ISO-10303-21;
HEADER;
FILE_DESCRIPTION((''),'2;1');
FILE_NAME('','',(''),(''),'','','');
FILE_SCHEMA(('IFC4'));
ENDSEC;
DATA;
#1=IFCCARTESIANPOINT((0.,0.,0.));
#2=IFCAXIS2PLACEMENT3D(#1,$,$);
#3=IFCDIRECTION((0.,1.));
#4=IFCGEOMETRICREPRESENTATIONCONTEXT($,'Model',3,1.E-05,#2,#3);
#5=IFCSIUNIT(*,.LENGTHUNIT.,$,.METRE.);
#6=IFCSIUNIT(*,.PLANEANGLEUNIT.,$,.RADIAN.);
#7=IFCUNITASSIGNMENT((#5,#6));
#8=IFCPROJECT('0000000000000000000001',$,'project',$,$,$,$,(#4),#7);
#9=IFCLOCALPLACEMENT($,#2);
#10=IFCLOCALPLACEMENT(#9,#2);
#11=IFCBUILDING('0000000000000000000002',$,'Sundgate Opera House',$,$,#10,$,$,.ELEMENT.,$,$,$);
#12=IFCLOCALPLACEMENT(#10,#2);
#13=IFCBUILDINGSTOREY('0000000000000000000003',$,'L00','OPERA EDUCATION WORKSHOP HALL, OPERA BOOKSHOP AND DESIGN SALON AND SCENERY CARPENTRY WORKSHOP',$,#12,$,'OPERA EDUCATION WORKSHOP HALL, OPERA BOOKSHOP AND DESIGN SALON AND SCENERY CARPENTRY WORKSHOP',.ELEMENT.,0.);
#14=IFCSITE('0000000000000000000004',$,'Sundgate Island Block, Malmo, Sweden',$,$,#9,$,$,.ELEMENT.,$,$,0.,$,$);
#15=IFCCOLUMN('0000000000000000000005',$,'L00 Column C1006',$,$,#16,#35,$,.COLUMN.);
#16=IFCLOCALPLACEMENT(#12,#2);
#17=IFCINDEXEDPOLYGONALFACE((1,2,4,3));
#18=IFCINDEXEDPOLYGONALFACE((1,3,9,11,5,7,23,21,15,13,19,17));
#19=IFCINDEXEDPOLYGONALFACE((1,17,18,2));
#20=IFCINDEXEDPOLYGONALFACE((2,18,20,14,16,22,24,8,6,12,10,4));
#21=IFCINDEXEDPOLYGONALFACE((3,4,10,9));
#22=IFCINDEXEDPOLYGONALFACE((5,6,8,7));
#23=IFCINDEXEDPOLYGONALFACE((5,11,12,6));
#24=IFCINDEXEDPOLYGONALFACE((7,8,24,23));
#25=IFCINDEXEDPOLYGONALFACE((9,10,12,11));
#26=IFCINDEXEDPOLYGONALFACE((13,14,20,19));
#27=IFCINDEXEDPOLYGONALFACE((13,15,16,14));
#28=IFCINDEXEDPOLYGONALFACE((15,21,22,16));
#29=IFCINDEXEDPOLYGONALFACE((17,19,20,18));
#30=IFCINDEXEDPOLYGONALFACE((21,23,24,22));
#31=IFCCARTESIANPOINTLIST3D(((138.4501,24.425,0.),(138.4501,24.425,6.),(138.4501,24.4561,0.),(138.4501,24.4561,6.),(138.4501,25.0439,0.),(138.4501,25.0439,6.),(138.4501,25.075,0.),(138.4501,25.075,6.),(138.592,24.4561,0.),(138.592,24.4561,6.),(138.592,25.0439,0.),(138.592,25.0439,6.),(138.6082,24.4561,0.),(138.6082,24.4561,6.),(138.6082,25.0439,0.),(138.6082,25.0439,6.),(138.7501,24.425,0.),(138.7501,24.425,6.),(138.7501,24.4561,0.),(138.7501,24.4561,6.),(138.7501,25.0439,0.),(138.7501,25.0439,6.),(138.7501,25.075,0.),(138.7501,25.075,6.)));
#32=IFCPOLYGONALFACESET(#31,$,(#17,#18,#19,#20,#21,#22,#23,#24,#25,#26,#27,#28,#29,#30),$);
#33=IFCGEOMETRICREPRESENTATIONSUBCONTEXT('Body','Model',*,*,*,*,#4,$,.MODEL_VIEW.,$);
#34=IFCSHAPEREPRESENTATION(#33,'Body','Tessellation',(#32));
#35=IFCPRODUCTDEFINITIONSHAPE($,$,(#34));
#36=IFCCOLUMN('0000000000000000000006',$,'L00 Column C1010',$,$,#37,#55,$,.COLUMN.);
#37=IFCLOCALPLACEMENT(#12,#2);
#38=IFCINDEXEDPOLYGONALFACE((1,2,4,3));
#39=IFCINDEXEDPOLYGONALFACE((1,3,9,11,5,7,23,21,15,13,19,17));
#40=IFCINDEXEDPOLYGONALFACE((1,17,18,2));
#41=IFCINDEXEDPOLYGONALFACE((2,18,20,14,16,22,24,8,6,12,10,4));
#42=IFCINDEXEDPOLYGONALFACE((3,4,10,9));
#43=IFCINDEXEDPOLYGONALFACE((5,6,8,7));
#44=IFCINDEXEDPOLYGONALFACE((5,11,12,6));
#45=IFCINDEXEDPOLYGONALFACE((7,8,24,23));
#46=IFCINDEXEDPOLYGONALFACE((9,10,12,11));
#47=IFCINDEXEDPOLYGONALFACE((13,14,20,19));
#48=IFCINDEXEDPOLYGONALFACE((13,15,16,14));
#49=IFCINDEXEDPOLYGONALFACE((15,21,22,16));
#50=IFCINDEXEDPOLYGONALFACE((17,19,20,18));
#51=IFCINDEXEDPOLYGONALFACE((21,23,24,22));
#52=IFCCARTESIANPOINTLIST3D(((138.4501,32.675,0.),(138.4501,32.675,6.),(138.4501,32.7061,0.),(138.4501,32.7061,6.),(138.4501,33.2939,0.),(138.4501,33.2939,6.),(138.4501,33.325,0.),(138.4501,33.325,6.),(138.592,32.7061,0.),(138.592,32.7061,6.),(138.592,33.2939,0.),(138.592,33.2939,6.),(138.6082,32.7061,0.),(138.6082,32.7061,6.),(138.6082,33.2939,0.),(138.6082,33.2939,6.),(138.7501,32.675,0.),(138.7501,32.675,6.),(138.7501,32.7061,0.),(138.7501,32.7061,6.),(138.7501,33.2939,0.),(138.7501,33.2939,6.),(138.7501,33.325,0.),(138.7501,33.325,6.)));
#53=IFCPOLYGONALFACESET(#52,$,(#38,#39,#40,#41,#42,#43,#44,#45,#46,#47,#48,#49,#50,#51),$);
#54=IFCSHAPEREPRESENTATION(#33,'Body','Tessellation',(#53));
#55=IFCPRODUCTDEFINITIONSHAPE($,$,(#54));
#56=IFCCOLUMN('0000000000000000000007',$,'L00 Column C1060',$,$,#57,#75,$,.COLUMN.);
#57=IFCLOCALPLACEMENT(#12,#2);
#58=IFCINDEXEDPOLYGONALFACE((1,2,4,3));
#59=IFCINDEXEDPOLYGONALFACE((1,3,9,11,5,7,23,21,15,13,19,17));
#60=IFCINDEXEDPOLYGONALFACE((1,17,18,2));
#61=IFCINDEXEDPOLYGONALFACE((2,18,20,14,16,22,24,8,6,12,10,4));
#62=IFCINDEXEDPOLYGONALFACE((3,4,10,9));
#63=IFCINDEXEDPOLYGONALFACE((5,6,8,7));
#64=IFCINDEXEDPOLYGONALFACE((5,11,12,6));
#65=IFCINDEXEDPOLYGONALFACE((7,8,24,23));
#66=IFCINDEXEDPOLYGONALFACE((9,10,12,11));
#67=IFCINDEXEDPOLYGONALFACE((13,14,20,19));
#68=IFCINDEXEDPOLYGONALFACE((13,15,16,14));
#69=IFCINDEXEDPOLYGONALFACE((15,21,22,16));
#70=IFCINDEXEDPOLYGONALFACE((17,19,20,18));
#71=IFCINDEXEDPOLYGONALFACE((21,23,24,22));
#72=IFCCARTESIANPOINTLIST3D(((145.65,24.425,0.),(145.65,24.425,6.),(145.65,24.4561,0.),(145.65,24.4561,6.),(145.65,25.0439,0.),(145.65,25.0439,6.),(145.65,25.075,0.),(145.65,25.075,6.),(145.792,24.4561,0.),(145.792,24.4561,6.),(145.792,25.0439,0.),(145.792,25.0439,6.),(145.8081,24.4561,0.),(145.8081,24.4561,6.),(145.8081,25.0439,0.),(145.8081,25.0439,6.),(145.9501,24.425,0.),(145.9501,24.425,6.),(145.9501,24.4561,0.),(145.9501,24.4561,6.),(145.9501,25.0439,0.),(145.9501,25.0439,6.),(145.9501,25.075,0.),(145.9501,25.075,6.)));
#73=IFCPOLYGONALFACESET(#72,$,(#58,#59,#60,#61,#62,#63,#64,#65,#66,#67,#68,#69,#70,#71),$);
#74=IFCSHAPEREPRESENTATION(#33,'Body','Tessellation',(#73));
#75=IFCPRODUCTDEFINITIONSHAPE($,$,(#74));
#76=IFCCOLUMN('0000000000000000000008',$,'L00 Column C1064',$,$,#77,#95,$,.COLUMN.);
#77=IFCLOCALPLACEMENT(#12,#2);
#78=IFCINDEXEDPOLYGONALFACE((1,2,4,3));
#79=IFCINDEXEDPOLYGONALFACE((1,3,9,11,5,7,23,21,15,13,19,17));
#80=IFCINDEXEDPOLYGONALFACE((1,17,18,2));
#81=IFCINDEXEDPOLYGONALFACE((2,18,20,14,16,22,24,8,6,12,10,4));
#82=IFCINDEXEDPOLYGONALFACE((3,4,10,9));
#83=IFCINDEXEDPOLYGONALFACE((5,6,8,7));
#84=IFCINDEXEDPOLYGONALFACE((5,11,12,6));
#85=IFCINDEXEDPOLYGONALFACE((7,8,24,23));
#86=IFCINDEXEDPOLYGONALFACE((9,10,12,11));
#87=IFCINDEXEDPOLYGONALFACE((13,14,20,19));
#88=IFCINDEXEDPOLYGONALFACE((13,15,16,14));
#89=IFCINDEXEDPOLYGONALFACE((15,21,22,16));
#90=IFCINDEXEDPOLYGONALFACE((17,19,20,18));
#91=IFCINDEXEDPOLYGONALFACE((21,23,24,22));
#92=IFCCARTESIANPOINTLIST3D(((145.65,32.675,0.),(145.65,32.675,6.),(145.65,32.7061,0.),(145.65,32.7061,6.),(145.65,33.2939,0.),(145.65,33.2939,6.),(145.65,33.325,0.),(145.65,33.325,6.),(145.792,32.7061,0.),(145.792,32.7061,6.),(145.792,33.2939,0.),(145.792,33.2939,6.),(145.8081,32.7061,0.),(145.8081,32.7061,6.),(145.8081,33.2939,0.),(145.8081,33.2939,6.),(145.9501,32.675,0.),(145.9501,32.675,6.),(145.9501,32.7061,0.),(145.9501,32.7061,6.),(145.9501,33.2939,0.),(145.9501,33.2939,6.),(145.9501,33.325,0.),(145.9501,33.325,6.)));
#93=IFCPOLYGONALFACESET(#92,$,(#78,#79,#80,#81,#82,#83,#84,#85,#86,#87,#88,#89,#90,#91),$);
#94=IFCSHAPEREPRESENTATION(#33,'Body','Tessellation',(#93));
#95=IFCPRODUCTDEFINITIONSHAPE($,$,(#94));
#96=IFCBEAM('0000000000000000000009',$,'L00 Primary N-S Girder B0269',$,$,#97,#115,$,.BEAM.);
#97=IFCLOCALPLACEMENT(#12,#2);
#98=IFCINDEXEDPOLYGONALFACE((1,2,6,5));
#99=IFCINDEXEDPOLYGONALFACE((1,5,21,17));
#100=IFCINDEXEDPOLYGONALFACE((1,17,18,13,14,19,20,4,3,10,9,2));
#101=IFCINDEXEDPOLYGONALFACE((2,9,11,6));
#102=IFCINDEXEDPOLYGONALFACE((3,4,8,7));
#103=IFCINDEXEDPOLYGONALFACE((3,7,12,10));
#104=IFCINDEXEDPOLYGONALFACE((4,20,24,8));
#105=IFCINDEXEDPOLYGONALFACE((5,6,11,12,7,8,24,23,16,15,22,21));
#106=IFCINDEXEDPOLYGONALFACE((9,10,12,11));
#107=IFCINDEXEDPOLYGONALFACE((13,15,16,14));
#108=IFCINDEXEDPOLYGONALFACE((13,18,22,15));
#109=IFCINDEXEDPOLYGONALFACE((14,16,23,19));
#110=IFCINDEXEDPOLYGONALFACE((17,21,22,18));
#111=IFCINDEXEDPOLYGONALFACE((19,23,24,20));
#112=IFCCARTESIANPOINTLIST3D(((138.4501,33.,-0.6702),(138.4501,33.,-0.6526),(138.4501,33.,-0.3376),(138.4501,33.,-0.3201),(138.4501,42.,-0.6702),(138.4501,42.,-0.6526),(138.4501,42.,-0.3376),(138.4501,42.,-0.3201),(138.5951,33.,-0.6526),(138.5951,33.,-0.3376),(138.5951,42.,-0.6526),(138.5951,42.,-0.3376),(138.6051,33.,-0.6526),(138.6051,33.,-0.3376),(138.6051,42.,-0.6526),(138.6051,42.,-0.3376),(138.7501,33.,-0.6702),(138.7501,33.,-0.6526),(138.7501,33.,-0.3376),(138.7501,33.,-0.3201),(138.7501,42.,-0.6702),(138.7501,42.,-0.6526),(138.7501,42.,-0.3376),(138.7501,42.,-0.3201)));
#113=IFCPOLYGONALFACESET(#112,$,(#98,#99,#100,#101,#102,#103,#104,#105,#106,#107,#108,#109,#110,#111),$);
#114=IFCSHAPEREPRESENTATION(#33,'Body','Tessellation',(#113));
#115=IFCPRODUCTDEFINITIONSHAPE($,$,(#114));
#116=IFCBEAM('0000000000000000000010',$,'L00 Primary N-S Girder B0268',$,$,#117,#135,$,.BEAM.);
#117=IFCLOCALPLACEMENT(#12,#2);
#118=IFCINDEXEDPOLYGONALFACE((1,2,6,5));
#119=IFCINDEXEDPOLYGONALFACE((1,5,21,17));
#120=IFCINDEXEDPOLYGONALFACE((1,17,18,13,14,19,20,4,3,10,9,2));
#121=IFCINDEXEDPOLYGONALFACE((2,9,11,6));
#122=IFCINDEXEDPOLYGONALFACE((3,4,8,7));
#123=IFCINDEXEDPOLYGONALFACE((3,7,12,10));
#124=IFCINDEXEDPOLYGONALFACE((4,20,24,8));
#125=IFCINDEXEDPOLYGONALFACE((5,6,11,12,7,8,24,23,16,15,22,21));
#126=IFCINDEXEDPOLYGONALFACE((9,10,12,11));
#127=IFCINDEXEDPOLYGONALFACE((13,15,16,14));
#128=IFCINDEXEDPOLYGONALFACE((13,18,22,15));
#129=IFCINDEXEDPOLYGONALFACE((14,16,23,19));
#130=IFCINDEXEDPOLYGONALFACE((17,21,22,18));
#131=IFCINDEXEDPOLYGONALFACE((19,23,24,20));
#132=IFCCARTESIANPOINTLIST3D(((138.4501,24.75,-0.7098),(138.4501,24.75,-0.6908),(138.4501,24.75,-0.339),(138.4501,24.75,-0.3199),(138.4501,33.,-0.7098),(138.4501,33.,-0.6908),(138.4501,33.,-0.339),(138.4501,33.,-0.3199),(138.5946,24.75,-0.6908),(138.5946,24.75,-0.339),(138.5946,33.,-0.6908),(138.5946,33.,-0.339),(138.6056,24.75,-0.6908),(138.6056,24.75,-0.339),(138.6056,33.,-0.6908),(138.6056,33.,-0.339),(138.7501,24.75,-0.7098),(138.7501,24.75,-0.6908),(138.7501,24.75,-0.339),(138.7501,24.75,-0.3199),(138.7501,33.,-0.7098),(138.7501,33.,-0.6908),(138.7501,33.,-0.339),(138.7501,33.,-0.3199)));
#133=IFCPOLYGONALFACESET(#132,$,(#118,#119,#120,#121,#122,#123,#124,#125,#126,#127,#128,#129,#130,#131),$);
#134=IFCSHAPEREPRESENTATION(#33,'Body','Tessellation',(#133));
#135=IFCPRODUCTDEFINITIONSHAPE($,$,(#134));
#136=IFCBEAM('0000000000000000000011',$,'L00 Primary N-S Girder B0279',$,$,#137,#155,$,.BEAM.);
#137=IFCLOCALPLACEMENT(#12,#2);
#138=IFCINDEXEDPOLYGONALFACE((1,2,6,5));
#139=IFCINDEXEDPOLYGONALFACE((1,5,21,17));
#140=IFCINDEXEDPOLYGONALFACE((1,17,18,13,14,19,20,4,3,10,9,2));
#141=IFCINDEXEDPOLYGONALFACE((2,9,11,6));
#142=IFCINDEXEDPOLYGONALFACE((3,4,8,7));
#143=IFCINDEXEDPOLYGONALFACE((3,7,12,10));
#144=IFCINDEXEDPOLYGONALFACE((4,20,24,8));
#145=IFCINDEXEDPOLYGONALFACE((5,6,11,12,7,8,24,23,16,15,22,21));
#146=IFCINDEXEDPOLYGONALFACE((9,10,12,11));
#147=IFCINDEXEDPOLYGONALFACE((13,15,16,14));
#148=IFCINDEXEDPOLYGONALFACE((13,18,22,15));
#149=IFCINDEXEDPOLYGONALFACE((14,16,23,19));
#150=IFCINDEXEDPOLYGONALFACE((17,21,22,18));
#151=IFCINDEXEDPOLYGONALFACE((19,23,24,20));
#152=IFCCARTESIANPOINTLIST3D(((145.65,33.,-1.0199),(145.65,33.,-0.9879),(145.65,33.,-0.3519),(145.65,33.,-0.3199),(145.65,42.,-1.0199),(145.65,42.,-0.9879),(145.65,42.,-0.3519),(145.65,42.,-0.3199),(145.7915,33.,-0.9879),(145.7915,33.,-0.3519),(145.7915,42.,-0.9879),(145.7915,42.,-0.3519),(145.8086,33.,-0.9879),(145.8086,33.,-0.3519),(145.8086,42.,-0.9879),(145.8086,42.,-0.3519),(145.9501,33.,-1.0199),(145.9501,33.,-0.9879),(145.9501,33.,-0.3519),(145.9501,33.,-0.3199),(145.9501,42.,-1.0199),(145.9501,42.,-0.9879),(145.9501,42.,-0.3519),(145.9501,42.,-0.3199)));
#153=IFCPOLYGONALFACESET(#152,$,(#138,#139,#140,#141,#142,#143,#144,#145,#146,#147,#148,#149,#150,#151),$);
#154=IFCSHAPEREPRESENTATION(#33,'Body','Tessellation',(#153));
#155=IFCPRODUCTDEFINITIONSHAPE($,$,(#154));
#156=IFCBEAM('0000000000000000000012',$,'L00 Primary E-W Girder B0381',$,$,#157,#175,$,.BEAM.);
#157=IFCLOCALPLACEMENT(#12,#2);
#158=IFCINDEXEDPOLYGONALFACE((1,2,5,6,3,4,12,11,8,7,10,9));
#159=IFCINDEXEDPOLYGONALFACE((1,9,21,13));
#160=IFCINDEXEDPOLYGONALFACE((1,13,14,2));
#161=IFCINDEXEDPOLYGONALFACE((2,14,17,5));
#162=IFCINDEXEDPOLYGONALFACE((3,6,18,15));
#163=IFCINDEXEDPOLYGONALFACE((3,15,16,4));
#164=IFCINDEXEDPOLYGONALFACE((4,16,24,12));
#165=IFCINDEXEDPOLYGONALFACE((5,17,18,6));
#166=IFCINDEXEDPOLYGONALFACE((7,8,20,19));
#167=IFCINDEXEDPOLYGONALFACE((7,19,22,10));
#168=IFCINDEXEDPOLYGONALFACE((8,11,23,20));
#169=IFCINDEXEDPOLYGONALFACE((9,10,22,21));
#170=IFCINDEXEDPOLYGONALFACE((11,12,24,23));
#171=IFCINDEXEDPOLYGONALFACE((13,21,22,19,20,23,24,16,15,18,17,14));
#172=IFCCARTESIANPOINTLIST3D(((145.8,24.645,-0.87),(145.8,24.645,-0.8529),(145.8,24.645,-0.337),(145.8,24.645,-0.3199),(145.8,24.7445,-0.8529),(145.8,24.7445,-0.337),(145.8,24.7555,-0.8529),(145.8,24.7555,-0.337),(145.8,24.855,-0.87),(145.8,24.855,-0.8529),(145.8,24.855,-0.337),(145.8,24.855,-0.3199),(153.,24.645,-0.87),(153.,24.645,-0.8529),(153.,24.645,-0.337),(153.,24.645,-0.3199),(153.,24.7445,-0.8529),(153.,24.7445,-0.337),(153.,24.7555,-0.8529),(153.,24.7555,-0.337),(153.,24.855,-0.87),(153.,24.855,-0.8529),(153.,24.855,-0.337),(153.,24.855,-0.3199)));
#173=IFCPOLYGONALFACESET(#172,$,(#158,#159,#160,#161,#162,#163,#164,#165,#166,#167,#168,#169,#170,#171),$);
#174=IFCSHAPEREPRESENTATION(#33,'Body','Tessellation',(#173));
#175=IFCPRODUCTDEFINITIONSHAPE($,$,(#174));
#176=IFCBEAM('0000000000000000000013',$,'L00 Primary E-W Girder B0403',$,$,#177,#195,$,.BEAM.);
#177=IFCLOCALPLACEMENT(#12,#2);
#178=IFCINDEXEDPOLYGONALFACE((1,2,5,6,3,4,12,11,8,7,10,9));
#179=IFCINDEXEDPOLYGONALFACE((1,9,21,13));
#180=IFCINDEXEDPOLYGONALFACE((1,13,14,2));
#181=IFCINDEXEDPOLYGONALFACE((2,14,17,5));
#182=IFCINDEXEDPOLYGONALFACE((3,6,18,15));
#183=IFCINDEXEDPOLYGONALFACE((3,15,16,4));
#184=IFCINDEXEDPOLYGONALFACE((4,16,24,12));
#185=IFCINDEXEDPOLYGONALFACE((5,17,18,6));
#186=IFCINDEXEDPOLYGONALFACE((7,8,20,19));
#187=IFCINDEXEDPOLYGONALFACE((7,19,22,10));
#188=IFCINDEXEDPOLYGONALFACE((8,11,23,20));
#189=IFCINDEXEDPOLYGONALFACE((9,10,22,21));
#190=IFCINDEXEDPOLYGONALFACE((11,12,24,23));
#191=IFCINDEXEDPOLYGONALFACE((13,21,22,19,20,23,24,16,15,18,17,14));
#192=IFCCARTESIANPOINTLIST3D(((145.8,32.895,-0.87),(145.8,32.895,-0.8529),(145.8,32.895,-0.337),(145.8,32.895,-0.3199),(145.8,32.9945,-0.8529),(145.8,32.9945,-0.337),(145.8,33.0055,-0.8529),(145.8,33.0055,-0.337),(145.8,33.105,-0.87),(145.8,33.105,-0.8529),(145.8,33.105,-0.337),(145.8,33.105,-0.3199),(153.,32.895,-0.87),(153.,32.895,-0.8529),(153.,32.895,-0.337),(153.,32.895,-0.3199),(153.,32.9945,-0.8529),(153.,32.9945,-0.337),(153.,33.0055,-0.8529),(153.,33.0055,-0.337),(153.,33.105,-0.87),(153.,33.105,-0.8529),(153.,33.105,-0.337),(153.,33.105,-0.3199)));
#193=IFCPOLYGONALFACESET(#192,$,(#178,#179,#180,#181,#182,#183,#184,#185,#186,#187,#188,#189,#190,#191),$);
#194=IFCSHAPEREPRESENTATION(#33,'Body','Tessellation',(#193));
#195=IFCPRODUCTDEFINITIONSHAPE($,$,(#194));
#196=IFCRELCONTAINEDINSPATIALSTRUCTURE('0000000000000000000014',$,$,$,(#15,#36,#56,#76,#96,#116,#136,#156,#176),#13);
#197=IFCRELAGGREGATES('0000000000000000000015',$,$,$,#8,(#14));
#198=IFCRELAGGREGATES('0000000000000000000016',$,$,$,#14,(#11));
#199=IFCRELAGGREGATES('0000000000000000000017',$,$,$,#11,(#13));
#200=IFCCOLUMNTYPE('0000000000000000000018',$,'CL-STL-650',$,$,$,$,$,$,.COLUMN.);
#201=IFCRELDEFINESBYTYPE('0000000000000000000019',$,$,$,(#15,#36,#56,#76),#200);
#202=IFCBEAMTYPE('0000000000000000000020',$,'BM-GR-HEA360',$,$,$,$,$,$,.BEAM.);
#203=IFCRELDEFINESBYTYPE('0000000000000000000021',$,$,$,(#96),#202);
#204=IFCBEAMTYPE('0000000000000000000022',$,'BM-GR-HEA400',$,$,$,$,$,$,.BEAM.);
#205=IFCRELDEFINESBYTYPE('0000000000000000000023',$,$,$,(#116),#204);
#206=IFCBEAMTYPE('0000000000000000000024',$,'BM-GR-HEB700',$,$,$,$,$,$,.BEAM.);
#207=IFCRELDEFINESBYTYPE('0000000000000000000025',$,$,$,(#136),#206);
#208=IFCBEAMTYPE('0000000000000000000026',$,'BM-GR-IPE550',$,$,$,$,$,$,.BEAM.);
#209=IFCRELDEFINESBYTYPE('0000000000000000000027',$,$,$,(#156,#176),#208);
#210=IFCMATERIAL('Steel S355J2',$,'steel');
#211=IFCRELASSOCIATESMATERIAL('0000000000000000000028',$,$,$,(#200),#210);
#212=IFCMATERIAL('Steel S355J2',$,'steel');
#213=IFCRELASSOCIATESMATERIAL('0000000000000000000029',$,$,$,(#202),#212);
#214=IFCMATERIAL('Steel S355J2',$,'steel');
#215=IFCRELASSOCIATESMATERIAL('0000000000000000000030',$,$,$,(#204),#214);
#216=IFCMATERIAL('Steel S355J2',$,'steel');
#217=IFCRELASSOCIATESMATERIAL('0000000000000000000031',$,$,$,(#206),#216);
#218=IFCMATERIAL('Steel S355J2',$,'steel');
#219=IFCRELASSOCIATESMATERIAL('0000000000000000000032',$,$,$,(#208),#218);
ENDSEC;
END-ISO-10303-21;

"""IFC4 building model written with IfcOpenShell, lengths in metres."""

from ifc_helpers import new_model, si_unit, direction, frame, origin, origin_2d, place, context, subcontext, project, spatial, i_section, extrude, material, material_profile, profile_set, type_object, element, save


model = new_model("IFC4")

# Units and contexts
model_context = context("Model", 3, precision=1e-05, world=origin(), true_north=direction((0.0, 1.0)))
body_context = subcontext(model_context, "Body", "Model", "MODEL_VIEW")
ifc_project = project(units=[si_unit("LENGTHUNIT", "METRE"), si_unit("PLANEANGLEUNIT", "RADIAN")], contexts=[model_context])

# Site, building, storey
site_placement = place(None, origin())
site = spatial("IfcSite", under=ifc_project, at=site_placement, Name="Sundgate Island Block, Malmo, Sweden", CompositionType="ELEMENT", RefElevation=0.0)
building_placement = place(site_placement, origin())
building = spatial("IfcBuilding", under=site, at=building_placement, Name="Sundgate Opera House", CompositionType="ELEMENT")
storey_placement = place(building_placement, origin())
storey = spatial("IfcBuildingStorey", under=building, at=storey_placement, Name="L00", Description="OPERA EDUCATION WORKSHOP HALL, OPERA BOOKSHOP AND DESIGN SALON AND SCENERY CARPENTRY WORKSHOP", LongName="OPERA EDUCATION WORKSHOP HALL, OPERA BOOKSHOP AND DESIGN SALON AND SCENERY CARPENTRY WORKSHOP", CompositionType="ELEMENT", Elevation=0.0)

# Columns
ifc_material_1 = material(Name="Steel S355J2", Category="steel")
ifc_material_profile_1 = material_profile(ifc_material_1, i_section(OverallWidth=0.3, OverallDepth=0.6499, WebThickness=0.0161, FlangeThickness=0.031, at=origin_2d()), Name="HEB 650")
ifc_profile_set_1 = profile_set([ifc_material_profile_1], Name="Steel S355J2")
column_type = type_object("IfcColumnType", Name="CL-STL-650", PredefinedType="COLUMN", material=ifc_profile_set_1)
for number, where, z_axis, x_axis, name in (
    (1, (138.6001, 24.75, 0.0), (0.0, 0.0, 1.0), (1.0, 0.0, 0.0), "L00 Column C1006"),
    (2, (138.6001, 33.0, 0.0), (0.0, 0.0, 1.0), (1.0, 0.0, 0.0), "L00 Column C1010"),
    (3, (145.8, 24.75, 0.0), (0.0, 0.0, 1.0), (1.0, 0.0, 0.0), "L00 Column C1060"),
    (4, (145.8, 33.0, 0.0), (0.0, 0.0, 1.0), (1.0, 0.0, 0.0), "L00 Column C1064"),
):
    element("IfcColumn", number, at=place(storey_placement, frame(where, z_axis=z_axis, x_axis=x_axis)), inside=storey, type_object=column_type, Name=name, PredefinedType="COLUMN", context=body_context, shape_type="SweptSolid", body=[
        extrude(i_section(OverallWidth=0.3, OverallDepth=0.6499, WebThickness=0.0161, FlangeThickness=0.031, at=origin_2d()), origin(), (0.0, 0.0, 1.0), 6.0),
    ])

# Beams
ifc_material_2 = material(Name="Steel S355J2", Category="steel")
ifc_material_profile_2 = material_profile(ifc_material_2, i_section(OverallWidth=0.3, OverallDepth=0.3501, WebThickness=0.01, FlangeThickness=0.0176, at=origin_2d()), Name="HEA 360")
ifc_profile_set_2 = profile_set([ifc_material_profile_2], Name="Steel S355J2")
beam_type_1 = type_object("IfcBeamType", Name="BM-GR-HEA360", PredefinedType="BEAM", material=ifc_profile_set_2)
beam_1_placement = place(storey_placement, frame((138.6001, 33.0, -0.4951), z_axis=(0.0, 1.0, 0.0), x_axis=(-1.0, 0.0, 0.0)))
element("IfcBeam", 5, at=beam_1_placement, inside=storey, type_object=beam_type_1, Name="L00 Primary N-S Girder B0269", PredefinedType="BEAM", context=body_context, shape_type="SweptSolid", body=[
    extrude(i_section(OverallWidth=0.3, OverallDepth=0.3501, WebThickness=0.01, FlangeThickness=0.0176, at=origin_2d()), origin(), (0.0, 0.0, 1.0), 9.0),
])
ifc_material_3 = material(Name="Steel S355J2", Category="steel")
ifc_material_profile_3 = material_profile(ifc_material_3, i_section(OverallWidth=0.3, OverallDepth=0.3899, WebThickness=0.011, FlangeThickness=0.019, at=origin_2d()), Name="HEA 400")
ifc_profile_set_3 = profile_set([ifc_material_profile_3], Name="Steel S355J2")
beam_type_2 = type_object("IfcBeamType", Name="BM-GR-HEA400", PredefinedType="BEAM", material=ifc_profile_set_3)
beam_2_placement = place(storey_placement, frame((138.6001, 24.75, -0.5149), z_axis=(0.0, 1.0, 0.0), x_axis=(-1.0, 0.0, 0.0)))
element("IfcBeam", 6, at=beam_2_placement, inside=storey, type_object=beam_type_2, Name="L00 Primary N-S Girder B0268", PredefinedType="BEAM", context=body_context, shape_type="SweptSolid", body=[
    extrude(i_section(OverallWidth=0.3, OverallDepth=0.3899, WebThickness=0.011, FlangeThickness=0.019, at=origin_2d()), origin(), (0.0, 0.0, 1.0), 8.25),
])
ifc_material_4 = material(Name="Steel S355J2", Category="steel")
ifc_material_profile_4 = material_profile(ifc_material_4, i_section(OverallWidth=0.3, OverallDepth=0.7, WebThickness=0.0171, FlangeThickness=0.032, at=origin_2d()), Name="HEB 700")
ifc_profile_set_4 = profile_set([ifc_material_profile_4], Name="Steel S355J2")
beam_type_3 = type_object("IfcBeamType", Name="BM-GR-HEB700", PredefinedType="BEAM", material=ifc_profile_set_4)
beam_3_placement = place(storey_placement, frame((145.8, 33.0, -0.6699), z_axis=(0.0, 1.0, 0.0), x_axis=(-1.0, 0.0, 0.0)))
element("IfcBeam", 7, at=beam_3_placement, inside=storey, type_object=beam_type_3, Name="L00 Primary N-S Girder B0279", PredefinedType="BEAM", context=body_context, shape_type="SweptSolid", body=[
    extrude(i_section(OverallWidth=0.3, OverallDepth=0.7, WebThickness=0.0171, FlangeThickness=0.032, at=origin_2d()), origin(), (0.0, 0.0, 1.0), 9.0),
])
ifc_material_5 = material(Name="Steel S355J2", Category="steel")
ifc_material_profile_5 = material_profile(ifc_material_5, i_section(OverallWidth=0.21, OverallDepth=0.55, WebThickness=0.011, FlangeThickness=0.0171, at=origin_2d()), Name="IPE 550")
ifc_profile_set_5 = profile_set([ifc_material_profile_5], Name="Steel S355J2")
beam_type_4 = type_object("IfcBeamType", Name="BM-GR-IPE550", PredefinedType="BEAM", material=ifc_profile_set_5)
for number, where, z_axis, x_axis, name in (
    (8, (145.8, 24.75, -0.595), (1.0, 0.0, 0.0), (0.0, 1.0, 0.0), "L00 Primary E-W Girder B0381"),
    (9, (145.8, 33.0, -0.595), (1.0, 0.0, 0.0), (0.0, 1.0, 0.0), "L00 Primary E-W Girder B0403"),
):
    element("IfcBeam", number, at=place(storey_placement, frame(where, z_axis=z_axis, x_axis=x_axis)), inside=storey, type_object=beam_type_4, Name=name, PredefinedType="BEAM", context=body_context, shape_type="SweptSolid", body=[
        extrude(i_section(OverallWidth=0.21, OverallDepth=0.55, WebThickness=0.011, FlangeThickness=0.0171, at=origin_2d()), origin(), (0.0, 0.0, 1.0), 7.2),
    ])

save(model, "model.ifc")
